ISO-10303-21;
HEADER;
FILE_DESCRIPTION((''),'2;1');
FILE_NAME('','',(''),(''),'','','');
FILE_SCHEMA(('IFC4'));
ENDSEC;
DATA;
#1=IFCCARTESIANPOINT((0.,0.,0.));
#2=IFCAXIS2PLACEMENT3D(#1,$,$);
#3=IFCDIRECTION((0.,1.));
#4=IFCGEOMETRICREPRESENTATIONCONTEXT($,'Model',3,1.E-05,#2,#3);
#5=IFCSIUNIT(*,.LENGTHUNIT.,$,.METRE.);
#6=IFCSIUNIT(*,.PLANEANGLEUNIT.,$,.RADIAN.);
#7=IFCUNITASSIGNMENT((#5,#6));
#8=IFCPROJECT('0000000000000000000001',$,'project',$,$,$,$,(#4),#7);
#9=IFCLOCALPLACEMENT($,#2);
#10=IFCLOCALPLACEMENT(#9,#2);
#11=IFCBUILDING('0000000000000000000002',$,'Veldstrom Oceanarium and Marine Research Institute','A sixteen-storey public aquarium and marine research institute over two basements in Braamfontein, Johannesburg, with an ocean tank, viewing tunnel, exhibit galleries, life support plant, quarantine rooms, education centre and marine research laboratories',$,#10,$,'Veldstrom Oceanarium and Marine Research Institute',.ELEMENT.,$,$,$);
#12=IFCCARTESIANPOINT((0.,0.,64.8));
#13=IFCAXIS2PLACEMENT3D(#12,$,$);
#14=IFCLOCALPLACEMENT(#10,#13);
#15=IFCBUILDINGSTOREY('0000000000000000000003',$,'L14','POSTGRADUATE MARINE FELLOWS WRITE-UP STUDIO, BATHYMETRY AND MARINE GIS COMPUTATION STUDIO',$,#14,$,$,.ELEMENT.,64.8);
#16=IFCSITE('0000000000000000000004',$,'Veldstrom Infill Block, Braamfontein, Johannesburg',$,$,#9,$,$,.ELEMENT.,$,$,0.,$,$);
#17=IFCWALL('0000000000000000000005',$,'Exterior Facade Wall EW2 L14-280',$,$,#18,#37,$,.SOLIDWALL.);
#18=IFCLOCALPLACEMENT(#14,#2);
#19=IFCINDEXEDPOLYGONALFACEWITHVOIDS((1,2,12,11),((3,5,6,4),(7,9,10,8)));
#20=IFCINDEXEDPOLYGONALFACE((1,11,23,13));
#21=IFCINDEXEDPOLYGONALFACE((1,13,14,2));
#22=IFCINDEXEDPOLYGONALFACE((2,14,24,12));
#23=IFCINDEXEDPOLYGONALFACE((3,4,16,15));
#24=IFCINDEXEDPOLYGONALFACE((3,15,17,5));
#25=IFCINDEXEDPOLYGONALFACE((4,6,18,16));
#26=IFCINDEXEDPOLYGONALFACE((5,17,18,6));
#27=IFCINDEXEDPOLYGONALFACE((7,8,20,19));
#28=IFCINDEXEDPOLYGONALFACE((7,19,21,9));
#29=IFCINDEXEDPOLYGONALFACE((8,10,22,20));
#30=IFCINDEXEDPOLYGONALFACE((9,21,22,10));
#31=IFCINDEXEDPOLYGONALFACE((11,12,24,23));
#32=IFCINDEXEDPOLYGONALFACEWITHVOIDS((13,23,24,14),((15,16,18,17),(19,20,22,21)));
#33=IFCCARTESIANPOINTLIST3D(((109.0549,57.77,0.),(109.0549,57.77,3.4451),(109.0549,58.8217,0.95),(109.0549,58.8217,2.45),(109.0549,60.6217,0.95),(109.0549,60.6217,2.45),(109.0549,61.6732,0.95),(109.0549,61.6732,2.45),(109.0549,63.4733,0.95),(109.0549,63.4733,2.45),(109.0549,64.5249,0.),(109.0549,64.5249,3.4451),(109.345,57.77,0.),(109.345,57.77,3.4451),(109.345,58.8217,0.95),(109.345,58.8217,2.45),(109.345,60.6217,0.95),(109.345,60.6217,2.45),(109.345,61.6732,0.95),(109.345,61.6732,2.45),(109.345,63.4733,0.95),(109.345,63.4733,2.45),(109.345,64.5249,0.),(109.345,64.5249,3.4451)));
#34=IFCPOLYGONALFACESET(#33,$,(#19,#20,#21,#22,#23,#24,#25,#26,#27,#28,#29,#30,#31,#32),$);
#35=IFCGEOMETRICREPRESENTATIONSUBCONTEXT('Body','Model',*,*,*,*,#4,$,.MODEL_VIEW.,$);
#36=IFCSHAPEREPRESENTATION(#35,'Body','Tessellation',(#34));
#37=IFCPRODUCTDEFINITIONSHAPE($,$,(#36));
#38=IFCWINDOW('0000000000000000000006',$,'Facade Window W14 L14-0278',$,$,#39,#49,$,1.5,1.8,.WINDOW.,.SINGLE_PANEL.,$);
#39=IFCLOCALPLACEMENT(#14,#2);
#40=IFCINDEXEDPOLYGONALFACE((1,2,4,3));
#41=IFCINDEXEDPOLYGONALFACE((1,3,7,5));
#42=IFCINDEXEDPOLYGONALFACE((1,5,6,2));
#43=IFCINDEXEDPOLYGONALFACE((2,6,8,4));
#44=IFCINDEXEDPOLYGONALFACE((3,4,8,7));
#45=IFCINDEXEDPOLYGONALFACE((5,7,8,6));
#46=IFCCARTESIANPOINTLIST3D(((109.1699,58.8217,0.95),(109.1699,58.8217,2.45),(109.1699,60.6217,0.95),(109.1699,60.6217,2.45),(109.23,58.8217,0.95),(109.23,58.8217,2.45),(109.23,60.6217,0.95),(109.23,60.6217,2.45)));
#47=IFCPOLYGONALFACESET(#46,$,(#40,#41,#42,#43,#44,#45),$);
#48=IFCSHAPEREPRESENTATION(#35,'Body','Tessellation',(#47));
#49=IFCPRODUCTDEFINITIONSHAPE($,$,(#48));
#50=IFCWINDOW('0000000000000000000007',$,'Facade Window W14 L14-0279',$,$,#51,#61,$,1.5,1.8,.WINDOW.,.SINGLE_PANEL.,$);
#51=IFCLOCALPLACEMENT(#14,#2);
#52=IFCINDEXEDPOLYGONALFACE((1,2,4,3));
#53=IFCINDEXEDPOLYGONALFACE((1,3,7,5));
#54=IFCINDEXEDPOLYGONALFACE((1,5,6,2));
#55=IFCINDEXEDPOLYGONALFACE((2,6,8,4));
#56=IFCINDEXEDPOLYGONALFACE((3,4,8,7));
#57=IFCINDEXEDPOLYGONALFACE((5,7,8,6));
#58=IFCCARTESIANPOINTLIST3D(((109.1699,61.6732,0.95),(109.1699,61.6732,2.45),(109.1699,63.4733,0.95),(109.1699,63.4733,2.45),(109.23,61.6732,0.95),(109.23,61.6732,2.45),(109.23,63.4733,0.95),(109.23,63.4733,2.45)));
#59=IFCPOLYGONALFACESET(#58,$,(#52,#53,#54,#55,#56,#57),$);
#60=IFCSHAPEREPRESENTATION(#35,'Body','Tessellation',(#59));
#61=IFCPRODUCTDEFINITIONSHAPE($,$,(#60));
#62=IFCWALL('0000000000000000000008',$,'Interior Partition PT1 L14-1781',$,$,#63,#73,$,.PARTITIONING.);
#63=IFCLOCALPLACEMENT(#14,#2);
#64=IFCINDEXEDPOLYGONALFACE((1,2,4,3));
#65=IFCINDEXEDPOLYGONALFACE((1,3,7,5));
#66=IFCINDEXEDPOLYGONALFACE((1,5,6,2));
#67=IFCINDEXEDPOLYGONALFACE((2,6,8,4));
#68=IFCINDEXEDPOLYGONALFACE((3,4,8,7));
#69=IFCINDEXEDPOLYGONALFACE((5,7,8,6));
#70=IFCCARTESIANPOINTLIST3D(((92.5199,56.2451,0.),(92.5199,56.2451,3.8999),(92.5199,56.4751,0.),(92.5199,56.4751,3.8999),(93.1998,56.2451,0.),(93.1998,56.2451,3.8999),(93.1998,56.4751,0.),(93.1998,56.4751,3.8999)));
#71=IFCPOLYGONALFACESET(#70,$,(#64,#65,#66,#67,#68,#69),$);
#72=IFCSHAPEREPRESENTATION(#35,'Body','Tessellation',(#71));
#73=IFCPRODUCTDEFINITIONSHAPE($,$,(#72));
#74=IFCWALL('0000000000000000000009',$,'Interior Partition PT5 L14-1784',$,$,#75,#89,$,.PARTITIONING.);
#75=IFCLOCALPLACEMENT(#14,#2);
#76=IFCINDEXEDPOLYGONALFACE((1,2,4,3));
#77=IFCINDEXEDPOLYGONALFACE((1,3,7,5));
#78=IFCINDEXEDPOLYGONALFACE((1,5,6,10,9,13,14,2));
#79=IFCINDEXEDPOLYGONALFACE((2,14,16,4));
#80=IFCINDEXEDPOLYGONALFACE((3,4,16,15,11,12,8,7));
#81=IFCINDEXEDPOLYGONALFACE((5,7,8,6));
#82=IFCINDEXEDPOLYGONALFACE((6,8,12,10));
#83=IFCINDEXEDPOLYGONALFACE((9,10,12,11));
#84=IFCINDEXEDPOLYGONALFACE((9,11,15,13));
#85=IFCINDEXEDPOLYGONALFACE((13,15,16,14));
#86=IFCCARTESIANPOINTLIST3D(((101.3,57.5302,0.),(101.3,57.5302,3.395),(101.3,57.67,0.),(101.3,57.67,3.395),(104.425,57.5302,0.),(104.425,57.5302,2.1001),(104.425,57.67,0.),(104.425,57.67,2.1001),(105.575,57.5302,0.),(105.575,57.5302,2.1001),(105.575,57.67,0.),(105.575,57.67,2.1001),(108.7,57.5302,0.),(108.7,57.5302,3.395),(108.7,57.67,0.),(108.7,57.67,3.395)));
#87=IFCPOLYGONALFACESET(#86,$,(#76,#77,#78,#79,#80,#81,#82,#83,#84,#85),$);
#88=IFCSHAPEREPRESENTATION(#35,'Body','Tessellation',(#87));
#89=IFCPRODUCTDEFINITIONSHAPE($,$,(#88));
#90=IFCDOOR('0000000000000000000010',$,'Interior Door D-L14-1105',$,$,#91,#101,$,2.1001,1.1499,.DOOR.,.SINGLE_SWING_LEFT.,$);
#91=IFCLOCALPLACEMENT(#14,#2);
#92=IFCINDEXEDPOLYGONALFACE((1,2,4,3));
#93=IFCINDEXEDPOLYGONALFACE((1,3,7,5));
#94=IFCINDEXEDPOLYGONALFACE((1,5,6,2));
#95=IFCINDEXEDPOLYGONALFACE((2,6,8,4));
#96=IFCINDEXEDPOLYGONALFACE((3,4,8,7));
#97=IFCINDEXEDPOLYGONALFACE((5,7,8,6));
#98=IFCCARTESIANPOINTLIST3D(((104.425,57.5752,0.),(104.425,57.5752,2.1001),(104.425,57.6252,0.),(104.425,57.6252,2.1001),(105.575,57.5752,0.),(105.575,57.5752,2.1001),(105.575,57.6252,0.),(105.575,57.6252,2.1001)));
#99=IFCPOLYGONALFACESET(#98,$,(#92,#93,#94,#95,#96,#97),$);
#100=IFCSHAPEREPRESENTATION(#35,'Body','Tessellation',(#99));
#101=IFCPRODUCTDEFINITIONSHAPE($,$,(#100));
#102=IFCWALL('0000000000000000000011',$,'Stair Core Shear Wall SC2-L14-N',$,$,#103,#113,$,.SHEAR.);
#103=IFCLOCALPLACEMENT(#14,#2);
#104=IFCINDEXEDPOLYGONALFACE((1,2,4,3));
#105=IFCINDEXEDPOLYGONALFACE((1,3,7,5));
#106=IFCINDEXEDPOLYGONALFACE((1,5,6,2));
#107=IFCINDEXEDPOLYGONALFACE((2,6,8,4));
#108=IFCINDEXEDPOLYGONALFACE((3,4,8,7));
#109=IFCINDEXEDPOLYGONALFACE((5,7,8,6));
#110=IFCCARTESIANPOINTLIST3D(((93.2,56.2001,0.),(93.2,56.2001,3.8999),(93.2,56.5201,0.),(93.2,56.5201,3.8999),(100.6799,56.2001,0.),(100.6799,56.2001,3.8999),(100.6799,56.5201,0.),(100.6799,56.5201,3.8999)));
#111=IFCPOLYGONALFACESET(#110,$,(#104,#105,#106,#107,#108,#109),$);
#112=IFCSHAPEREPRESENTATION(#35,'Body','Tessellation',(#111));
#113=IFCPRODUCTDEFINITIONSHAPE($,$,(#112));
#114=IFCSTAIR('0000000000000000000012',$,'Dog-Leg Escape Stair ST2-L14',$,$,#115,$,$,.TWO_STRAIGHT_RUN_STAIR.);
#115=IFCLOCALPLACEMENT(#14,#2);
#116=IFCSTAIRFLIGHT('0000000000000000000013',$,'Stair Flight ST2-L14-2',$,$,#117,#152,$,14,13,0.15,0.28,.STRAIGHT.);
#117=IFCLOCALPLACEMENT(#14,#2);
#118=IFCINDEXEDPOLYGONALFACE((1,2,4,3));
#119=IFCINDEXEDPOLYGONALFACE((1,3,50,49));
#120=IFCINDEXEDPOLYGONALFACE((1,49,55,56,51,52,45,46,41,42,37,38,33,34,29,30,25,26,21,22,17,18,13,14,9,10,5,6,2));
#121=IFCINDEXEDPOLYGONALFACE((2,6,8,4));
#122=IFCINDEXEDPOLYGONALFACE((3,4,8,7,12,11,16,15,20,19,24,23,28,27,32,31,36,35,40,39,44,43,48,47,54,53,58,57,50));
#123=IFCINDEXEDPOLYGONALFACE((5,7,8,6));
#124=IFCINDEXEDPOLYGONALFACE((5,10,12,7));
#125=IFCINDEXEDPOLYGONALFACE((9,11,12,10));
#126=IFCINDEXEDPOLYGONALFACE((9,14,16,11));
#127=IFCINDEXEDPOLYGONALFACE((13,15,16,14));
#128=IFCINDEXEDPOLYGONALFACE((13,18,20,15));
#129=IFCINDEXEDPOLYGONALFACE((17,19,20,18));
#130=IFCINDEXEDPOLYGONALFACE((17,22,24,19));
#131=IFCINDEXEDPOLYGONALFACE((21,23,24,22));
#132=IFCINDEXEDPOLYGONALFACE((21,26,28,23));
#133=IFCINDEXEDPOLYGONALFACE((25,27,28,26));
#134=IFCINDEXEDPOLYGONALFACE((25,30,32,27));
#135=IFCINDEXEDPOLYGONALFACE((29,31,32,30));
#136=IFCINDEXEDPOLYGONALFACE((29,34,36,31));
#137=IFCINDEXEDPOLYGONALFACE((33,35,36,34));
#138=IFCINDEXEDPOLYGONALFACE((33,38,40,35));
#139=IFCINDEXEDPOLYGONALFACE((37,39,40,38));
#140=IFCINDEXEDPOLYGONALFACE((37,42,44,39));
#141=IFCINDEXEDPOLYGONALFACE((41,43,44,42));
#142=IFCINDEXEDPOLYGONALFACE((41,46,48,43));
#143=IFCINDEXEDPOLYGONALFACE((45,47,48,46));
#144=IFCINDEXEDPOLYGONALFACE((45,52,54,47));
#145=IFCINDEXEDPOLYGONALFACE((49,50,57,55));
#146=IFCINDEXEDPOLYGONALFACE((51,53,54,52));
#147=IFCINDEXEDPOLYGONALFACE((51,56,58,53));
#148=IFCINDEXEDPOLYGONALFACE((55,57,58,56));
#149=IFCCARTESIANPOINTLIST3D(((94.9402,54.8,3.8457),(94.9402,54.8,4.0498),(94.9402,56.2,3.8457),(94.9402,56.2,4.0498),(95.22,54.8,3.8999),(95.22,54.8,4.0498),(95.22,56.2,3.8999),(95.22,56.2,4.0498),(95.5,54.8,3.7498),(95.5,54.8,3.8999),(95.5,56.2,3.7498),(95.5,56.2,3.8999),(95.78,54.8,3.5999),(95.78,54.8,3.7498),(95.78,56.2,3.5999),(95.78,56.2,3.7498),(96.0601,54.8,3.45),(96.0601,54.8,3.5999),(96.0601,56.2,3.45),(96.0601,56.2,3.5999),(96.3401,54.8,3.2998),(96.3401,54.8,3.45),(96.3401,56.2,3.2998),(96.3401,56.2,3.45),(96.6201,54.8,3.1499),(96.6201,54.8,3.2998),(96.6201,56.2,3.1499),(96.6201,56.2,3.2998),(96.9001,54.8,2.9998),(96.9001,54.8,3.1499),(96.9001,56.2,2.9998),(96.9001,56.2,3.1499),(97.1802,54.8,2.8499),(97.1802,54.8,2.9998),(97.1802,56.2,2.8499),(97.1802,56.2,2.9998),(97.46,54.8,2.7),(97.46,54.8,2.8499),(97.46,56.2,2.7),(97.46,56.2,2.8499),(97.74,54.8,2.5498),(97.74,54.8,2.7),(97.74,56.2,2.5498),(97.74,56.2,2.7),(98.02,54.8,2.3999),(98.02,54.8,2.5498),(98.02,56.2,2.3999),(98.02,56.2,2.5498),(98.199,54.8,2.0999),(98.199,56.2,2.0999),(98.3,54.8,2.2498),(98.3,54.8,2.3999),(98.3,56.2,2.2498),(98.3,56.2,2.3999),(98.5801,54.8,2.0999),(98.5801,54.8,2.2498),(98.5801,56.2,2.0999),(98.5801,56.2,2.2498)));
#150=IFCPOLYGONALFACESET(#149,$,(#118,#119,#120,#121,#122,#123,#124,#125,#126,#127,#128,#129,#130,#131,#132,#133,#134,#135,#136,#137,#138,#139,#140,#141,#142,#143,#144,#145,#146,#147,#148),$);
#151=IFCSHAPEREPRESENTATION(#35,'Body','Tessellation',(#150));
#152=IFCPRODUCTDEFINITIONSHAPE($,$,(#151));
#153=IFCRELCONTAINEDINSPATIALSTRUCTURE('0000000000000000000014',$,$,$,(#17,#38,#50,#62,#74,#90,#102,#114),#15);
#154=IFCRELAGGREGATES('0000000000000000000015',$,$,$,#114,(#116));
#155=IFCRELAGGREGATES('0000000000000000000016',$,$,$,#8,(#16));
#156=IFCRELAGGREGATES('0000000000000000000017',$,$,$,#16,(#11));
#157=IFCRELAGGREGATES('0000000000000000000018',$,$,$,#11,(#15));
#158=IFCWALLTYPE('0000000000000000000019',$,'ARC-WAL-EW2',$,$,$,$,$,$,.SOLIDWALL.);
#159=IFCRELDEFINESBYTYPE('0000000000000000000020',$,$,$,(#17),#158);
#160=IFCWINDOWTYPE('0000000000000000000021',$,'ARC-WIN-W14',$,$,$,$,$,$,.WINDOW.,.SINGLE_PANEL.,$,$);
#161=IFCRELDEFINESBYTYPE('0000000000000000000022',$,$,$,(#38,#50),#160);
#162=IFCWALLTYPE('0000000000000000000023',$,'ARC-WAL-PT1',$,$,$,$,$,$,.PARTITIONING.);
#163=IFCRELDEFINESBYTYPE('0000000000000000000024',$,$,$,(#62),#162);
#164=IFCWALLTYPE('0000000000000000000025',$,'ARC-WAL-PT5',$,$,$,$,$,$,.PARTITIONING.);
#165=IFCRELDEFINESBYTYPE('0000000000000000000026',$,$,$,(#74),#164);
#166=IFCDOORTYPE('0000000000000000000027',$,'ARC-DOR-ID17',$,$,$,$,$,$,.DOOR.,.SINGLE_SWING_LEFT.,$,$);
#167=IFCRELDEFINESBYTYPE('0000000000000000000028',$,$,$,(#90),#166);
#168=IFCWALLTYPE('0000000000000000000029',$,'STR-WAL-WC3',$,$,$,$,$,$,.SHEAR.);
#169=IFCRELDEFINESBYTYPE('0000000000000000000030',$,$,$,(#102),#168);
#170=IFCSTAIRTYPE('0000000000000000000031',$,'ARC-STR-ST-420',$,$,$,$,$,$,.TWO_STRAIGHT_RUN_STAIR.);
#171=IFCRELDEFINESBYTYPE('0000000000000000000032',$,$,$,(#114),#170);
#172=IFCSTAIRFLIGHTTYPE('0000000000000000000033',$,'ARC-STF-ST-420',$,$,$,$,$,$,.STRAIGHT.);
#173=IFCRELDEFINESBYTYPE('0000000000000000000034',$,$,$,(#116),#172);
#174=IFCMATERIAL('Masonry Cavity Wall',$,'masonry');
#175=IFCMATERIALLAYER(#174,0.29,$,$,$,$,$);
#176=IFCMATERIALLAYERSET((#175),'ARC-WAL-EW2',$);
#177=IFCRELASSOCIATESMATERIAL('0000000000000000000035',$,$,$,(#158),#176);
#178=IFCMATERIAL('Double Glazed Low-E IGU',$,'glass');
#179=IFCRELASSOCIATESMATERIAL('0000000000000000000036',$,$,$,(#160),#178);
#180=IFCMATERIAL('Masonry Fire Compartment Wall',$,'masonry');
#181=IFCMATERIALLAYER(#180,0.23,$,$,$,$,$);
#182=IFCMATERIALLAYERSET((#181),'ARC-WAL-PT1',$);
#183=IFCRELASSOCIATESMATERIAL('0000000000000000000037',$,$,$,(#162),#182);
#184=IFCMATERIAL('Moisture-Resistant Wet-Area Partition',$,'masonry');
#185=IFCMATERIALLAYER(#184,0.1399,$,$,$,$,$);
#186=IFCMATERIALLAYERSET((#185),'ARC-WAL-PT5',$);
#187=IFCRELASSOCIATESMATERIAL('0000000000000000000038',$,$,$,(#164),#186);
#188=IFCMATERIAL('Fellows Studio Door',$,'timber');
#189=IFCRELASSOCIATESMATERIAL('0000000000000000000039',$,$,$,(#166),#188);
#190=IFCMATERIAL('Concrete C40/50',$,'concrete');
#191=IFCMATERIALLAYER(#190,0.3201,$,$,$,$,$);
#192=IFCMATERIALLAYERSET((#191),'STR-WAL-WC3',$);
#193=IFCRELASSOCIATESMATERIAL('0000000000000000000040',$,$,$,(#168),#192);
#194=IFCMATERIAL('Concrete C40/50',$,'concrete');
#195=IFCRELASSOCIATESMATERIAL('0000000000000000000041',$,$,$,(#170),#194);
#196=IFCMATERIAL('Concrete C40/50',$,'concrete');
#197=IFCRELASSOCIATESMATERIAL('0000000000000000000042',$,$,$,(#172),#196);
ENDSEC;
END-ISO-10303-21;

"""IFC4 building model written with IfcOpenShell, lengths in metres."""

from ifc_helpers import new_model, si_unit, direction, frame, frame_2d, origin, place, context, subcontext, project, spatial, polyline, rectangle, outline, extrude, material, layer, layer_set, type_object, element, fill, aggregate, save


model = new_model("IFC4")

# Units and contexts
model_context = context("Model", 3, precision=1e-05, world=origin(), true_north=direction((0.0, 1.0)))
body_context = subcontext(model_context, "Body", "Model", "MODEL_VIEW")
ifc_project = project(units=[si_unit("LENGTHUNIT", "METRE"), si_unit("PLANEANGLEUNIT", "RADIAN")], contexts=[model_context])

# Site, building, storey
site_placement = place(None, origin())
site = spatial("IfcSite", under=ifc_project, at=site_placement, Name="Veldstrom Infill Block, Braamfontein, Johannesburg", CompositionType="ELEMENT", RefElevation=0.0)
building_placement = place(site_placement, origin())
building = spatial("IfcBuilding", under=site, at=building_placement, Name="Veldstrom Oceanarium and Marine Research Institute", Description="A sixteen-storey public aquarium and marine research institute over two basements in Braamfontein, Johannesburg, with an ocean tank, viewing tunnel, exhibit galleries, life support plant, quarantine rooms, education centre and marine research laboratories", LongName="Veldstrom Oceanarium and Marine Research Institute", CompositionType="ELEMENT")
storey_placement = place(building_placement, frame((0.0, 0.0, 64.8)))
storey = spatial("IfcBuildingStorey", under=building, at=storey_placement, Name="L14", Description="POSTGRADUATE MARINE FELLOWS WRITE-UP STUDIO, BATHYMETRY AND MARINE GIS COMPUTATION STUDIO", CompositionType="ELEMENT", Elevation=64.8)

# Wall, openings, windows
ifc_material_1 = material(Name="Masonry Cavity Wall", Category="masonry")
ifc_layer_1 = layer(ifc_material_1, 0.29)
ifc_layer_set_1 = layer_set([ifc_layer_1], Name="ARC-WAL-EW2")
wall_type_1 = type_object("IfcWallType", Name="ARC-WAL-EW2", PredefinedType="SOLIDWALL", material=ifc_layer_set_1)
wall_1_placement = place(storey_placement, frame((109.2, 57.77, 0.0), z_axis=(0.0, 0.0, 1.0), x_axis=(0.0, 1.0, 0.0)))
wall_1 = element("IfcWall", 1, at=wall_1_placement, inside=storey, type_object=wall_type_1, Name="Exterior Facade Wall EW2 L14-280", PredefinedType="SOLIDWALL", context=body_context, shape_type="SweptSolid", body=[
    extrude(rectangle(XDim=6.7549, YDim=0.29, at=frame_2d((3.3774, 0.0))), origin(), (0.0, 0.0, 1.0), 3.4451),
])
opening_1_placement = place(wall_1_placement, frame((1.0518, 0.0, 0.95)))
opening_1 = element("IfcOpeningElement", 2, at=opening_1_placement, cuts=wall_1, PredefinedType="OPENING", context=body_context, shape_type="SweptSolid", body=[
    extrude(rectangle(XDim=1.8, YDim=1.5, at=frame_2d((0.8999, 0.75))), frame((0.0, 0.155, 0.0), z_axis=(0.0, -1.0, 0.0), x_axis=(1.0, 0.0, 0.0)), (0.0, 0.0, 1.0), 0.3101),
])
opening_2_placement = place(wall_1_placement, frame((3.9033, 0.0, 0.95)))
opening_2 = element("IfcOpeningElement", 3, at=opening_2_placement, cuts=wall_1, PredefinedType="OPENING", context=body_context, shape_type="SweptSolid", body=[
    extrude(rectangle(XDim=1.8, YDim=1.5, at=frame_2d((0.8999, 0.75))), frame((0.0, 0.155, 0.0), z_axis=(0.0, -1.0, 0.0), x_axis=(1.0, 0.0, 0.0)), (0.0, 0.0, 1.0), 0.3101),
])
ifc_material_2 = material(Name="Double Glazed Low-E IGU", Category="glass")
window_type = type_object("IfcWindowType", Name="ARC-WIN-W14", PartitioningType="SINGLE_PANEL", PredefinedType="WINDOW", material=ifc_material_2)
window_1_placement = place(opening_1_placement, origin())
window_1 = element("IfcWindow", 4, at=window_1_placement, inside=storey, type_object=window_type, Name="Facade Window W14 L14-0278", OverallHeight=1.5, OverallWidth=1.8, PartitioningType="SINGLE_PANEL", PredefinedType="WINDOW", context=body_context, shape_type="SweptSolid", body=[
    extrude(rectangle(XDim=1.8, YDim=1.5, at=frame_2d((0.8999, 0.75))), frame((0.0, 0.03, 0.0), z_axis=(0.0, -1.0, 0.0), x_axis=(1.0, 0.0, 0.0)), (0.0, 0.0, 1.0), 0.0601),
])
fill(opening_1, window_1)
window_2_placement = place(opening_2_placement, origin())
window_2 = element("IfcWindow", 5, at=window_2_placement, inside=storey, type_object=window_type, Name="Facade Window W14 L14-0279", OverallHeight=1.5, OverallWidth=1.8, PartitioningType="SINGLE_PANEL", PredefinedType="WINDOW", context=body_context, shape_type="SweptSolid", body=[
    extrude(rectangle(XDim=1.8, YDim=1.5, at=frame_2d((0.8999, 0.75))), frame((0.0, 0.03, 0.0), z_axis=(0.0, -1.0, 0.0), x_axis=(1.0, 0.0, 0.0)), (0.0, 0.0, 1.0), 0.0601),
])
fill(opening_2, window_2)

# Wall
ifc_material_3 = material(Name="Masonry Fire Compartment Wall", Category="masonry")
ifc_layer_2 = layer(ifc_material_3, 0.23)
ifc_layer_set_2 = layer_set([ifc_layer_2], Name="ARC-WAL-PT1")
wall_type_2 = type_object("IfcWallType", Name="ARC-WAL-PT1", PredefinedType="PARTITIONING", material=ifc_layer_set_2)
wall_2_placement = place(storey_placement, frame((92.52, 56.3601, 0.0), z_axis=(0.0, 0.0, 1.0), x_axis=(1.0, 0.0, 0.0)))
element("IfcWall", 6, at=wall_2_placement, inside=storey, type_object=wall_type_2, Name="Interior Partition PT1 L14-1781", PredefinedType="PARTITIONING", context=body_context, shape_type="SweptSolid", body=[
    extrude(rectangle(XDim=0.6799, YDim=0.23, at=frame_2d((0.3398, 0.0))), origin(), (0.0, 0.0, 1.0), 3.8999),
])

# Wall, opening, door
ifc_material_4 = material(Name="Moisture-Resistant Wet-Area Partition", Category="masonry")
ifc_layer_3 = layer(ifc_material_4, 0.1399)
ifc_layer_set_3 = layer_set([ifc_layer_3], Name="ARC-WAL-PT5")
wall_type_3 = type_object("IfcWallType", Name="ARC-WAL-PT5", PredefinedType="PARTITIONING", material=ifc_layer_set_3)
wall_3_placement = place(storey_placement, frame((101.3, 57.6001, 0.0), z_axis=(0.0, 0.0, 1.0), x_axis=(1.0, 0.0, 0.0)))
wall_3 = element("IfcWall", 7, at=wall_3_placement, inside=storey, type_object=wall_type_3, Name="Interior Partition PT5 L14-1784", PredefinedType="PARTITIONING", context=body_context, shape_type="SweptSolid", body=[
    extrude(rectangle(XDim=7.3999, YDim=0.1399, at=frame_2d((3.7, 0.0))), origin(), (0.0, 0.0, 1.0), 3.395),
])
opening_3_placement = place(wall_3_placement, frame((3.125, 0.0, 0.0)))
opening_3 = element("IfcOpeningElement", 8, at=opening_3_placement, cuts=wall_3, PredefinedType="OPENING", context=body_context, shape_type="SweptSolid", body=[
    extrude(rectangle(XDim=1.1499, YDim=2.1001, at=frame_2d((0.575, 1.05))), frame((0.0, 0.0798, 0.0), z_axis=(0.0, -1.0, 0.0), x_axis=(1.0, 0.0, 0.0)), (0.0, 0.0, 1.0), 0.1599),
])
ifc_material_5 = material(Name="Fellows Studio Door", Category="timber")
door_type = type_object("IfcDoorType", Name="ARC-DOR-ID17", OperationType="SINGLE_SWING_LEFT", PredefinedType="DOOR", material=ifc_material_5)
door_placement = place(opening_3_placement, frame((1.1499, 0.0, 0.0), z_axis=(0.0, 0.0, 1.0), x_axis=(-1.0, 0.0, 0.0)))
door = element("IfcDoor", 9, at=door_placement, inside=storey, type_object=door_type, Name="Interior Door D-L14-1105", OperationType="SINGLE_SWING_LEFT", OverallHeight=2.1001, OverallWidth=1.1499, PredefinedType="DOOR", context=body_context, shape_type="SweptSolid", body=[
    extrude(rectangle(XDim=1.1499, YDim=2.1001, at=frame_2d((0.575, 1.05))), frame((0.0, 0.0249, 0.0), z_axis=(0.0, -1.0, 0.0), x_axis=(1.0, 0.0, 0.0)), (0.0, 0.0, 1.0), 0.05),
])
fill(opening_3, door)

# Wall
ifc_material_6 = material(Name="Concrete C40/50", Category="concrete")
ifc_layer_4 = layer(ifc_material_6, 0.3201)
ifc_layer_set_4 = layer_set([ifc_layer_4], Name="STR-WAL-WC3")
wall_type_4 = type_object("IfcWallType", Name="STR-WAL-WC3", PredefinedType="SHEAR", material=ifc_layer_set_4)
wall_4_placement = place(storey_placement, frame((93.2, 56.3601, 0.0), z_axis=(0.0, 0.0, 1.0), x_axis=(1.0, 0.0, 0.0)))
element("IfcWall", 10, at=wall_4_placement, inside=storey, type_object=wall_type_4, Name="Stair Core Shear Wall SC2-L14-N", PredefinedType="SHEAR", context=body_context, shape_type="SweptSolid", body=[
    extrude(rectangle(XDim=7.48, YDim=0.3201, at=frame_2d((3.74, 0.0))), origin(), (0.0, 0.0, 1.0), 3.8999),
])

# Stair, stair flight
ifc_material_7 = material(Name="Concrete C40/50", Category="concrete")
stair_type = type_object("IfcStairType", Name="ARC-STR-ST-420", PredefinedType="TWO_STRAIGHT_RUN_STAIR", material=ifc_material_7)
stair_placement = place(storey_placement, origin())
stair = element("IfcStair", 11, at=stair_placement, inside=storey, type_object=stair_type, Name="Dog-Leg Escape Stair ST2-L14", PredefinedType="TWO_STRAIGHT_RUN_STAIR")
ifc_material_8 = material(Name="Concrete C40/50", Category="concrete")
stair_flight_type = type_object("IfcStairFlightType", Name="ARC-STF-ST-420", PredefinedType="STRAIGHT", material=ifc_material_8)
stair_flight_placement = place(storey_placement, frame((98.5801, 55.5, 2.0999), z_axis=(0.0, 0.0, 1.0), x_axis=(-1.0, 0.0, 0.0)))
stair_flight = element("IfcStairFlight", 12, at=stair_flight_placement, type_object=stair_flight_type, Name="Stair Flight ST2-L14-2", NumberOfRisers=14, NumberOfTreads=13, PredefinedType="STRAIGHT", RiserHeight=0.15, TreadLength=0.28, context=body_context, shape_type="SweptSolid", body=[
    extrude(outline(polyline([(0.0, 0.0), (0.0, 0.1499), (0.28, 0.1499), (0.28, 0.3), (0.5601, 0.3), (0.5601, 0.45), (0.8401, 0.45), (0.8401, 0.6001), (1.1201, 0.6001), (1.1201, 0.75), (1.3999, 0.75), (1.3999, 0.8999), (1.6799, 0.8999), (1.6799, 1.05), (1.96, 1.05), (1.96, 1.2), (2.24, 1.2), (2.24, 1.3501), (2.52, 1.3501), (2.52, 1.5), (2.8, 1.5), (2.8, 1.6499), (3.0801, 1.6499), (3.0801, 1.8), (3.3601, 1.8), (3.3601, 1.95), (3.6399, 1.95), (3.6399, 2.1001), (3.6399, 1.7458), (0.3811, 0.0), (0.0, 0.0)])), frame((0.0, 0.7, 0.0), z_axis=(0.0, -1.0, 0.0), x_axis=(1.0, 0.0, 0.0)), (0.0, 0.0, 1.0), 1.3999),
])
aggregate(stair, [stair_flight])

save(model, "model.ifc")
